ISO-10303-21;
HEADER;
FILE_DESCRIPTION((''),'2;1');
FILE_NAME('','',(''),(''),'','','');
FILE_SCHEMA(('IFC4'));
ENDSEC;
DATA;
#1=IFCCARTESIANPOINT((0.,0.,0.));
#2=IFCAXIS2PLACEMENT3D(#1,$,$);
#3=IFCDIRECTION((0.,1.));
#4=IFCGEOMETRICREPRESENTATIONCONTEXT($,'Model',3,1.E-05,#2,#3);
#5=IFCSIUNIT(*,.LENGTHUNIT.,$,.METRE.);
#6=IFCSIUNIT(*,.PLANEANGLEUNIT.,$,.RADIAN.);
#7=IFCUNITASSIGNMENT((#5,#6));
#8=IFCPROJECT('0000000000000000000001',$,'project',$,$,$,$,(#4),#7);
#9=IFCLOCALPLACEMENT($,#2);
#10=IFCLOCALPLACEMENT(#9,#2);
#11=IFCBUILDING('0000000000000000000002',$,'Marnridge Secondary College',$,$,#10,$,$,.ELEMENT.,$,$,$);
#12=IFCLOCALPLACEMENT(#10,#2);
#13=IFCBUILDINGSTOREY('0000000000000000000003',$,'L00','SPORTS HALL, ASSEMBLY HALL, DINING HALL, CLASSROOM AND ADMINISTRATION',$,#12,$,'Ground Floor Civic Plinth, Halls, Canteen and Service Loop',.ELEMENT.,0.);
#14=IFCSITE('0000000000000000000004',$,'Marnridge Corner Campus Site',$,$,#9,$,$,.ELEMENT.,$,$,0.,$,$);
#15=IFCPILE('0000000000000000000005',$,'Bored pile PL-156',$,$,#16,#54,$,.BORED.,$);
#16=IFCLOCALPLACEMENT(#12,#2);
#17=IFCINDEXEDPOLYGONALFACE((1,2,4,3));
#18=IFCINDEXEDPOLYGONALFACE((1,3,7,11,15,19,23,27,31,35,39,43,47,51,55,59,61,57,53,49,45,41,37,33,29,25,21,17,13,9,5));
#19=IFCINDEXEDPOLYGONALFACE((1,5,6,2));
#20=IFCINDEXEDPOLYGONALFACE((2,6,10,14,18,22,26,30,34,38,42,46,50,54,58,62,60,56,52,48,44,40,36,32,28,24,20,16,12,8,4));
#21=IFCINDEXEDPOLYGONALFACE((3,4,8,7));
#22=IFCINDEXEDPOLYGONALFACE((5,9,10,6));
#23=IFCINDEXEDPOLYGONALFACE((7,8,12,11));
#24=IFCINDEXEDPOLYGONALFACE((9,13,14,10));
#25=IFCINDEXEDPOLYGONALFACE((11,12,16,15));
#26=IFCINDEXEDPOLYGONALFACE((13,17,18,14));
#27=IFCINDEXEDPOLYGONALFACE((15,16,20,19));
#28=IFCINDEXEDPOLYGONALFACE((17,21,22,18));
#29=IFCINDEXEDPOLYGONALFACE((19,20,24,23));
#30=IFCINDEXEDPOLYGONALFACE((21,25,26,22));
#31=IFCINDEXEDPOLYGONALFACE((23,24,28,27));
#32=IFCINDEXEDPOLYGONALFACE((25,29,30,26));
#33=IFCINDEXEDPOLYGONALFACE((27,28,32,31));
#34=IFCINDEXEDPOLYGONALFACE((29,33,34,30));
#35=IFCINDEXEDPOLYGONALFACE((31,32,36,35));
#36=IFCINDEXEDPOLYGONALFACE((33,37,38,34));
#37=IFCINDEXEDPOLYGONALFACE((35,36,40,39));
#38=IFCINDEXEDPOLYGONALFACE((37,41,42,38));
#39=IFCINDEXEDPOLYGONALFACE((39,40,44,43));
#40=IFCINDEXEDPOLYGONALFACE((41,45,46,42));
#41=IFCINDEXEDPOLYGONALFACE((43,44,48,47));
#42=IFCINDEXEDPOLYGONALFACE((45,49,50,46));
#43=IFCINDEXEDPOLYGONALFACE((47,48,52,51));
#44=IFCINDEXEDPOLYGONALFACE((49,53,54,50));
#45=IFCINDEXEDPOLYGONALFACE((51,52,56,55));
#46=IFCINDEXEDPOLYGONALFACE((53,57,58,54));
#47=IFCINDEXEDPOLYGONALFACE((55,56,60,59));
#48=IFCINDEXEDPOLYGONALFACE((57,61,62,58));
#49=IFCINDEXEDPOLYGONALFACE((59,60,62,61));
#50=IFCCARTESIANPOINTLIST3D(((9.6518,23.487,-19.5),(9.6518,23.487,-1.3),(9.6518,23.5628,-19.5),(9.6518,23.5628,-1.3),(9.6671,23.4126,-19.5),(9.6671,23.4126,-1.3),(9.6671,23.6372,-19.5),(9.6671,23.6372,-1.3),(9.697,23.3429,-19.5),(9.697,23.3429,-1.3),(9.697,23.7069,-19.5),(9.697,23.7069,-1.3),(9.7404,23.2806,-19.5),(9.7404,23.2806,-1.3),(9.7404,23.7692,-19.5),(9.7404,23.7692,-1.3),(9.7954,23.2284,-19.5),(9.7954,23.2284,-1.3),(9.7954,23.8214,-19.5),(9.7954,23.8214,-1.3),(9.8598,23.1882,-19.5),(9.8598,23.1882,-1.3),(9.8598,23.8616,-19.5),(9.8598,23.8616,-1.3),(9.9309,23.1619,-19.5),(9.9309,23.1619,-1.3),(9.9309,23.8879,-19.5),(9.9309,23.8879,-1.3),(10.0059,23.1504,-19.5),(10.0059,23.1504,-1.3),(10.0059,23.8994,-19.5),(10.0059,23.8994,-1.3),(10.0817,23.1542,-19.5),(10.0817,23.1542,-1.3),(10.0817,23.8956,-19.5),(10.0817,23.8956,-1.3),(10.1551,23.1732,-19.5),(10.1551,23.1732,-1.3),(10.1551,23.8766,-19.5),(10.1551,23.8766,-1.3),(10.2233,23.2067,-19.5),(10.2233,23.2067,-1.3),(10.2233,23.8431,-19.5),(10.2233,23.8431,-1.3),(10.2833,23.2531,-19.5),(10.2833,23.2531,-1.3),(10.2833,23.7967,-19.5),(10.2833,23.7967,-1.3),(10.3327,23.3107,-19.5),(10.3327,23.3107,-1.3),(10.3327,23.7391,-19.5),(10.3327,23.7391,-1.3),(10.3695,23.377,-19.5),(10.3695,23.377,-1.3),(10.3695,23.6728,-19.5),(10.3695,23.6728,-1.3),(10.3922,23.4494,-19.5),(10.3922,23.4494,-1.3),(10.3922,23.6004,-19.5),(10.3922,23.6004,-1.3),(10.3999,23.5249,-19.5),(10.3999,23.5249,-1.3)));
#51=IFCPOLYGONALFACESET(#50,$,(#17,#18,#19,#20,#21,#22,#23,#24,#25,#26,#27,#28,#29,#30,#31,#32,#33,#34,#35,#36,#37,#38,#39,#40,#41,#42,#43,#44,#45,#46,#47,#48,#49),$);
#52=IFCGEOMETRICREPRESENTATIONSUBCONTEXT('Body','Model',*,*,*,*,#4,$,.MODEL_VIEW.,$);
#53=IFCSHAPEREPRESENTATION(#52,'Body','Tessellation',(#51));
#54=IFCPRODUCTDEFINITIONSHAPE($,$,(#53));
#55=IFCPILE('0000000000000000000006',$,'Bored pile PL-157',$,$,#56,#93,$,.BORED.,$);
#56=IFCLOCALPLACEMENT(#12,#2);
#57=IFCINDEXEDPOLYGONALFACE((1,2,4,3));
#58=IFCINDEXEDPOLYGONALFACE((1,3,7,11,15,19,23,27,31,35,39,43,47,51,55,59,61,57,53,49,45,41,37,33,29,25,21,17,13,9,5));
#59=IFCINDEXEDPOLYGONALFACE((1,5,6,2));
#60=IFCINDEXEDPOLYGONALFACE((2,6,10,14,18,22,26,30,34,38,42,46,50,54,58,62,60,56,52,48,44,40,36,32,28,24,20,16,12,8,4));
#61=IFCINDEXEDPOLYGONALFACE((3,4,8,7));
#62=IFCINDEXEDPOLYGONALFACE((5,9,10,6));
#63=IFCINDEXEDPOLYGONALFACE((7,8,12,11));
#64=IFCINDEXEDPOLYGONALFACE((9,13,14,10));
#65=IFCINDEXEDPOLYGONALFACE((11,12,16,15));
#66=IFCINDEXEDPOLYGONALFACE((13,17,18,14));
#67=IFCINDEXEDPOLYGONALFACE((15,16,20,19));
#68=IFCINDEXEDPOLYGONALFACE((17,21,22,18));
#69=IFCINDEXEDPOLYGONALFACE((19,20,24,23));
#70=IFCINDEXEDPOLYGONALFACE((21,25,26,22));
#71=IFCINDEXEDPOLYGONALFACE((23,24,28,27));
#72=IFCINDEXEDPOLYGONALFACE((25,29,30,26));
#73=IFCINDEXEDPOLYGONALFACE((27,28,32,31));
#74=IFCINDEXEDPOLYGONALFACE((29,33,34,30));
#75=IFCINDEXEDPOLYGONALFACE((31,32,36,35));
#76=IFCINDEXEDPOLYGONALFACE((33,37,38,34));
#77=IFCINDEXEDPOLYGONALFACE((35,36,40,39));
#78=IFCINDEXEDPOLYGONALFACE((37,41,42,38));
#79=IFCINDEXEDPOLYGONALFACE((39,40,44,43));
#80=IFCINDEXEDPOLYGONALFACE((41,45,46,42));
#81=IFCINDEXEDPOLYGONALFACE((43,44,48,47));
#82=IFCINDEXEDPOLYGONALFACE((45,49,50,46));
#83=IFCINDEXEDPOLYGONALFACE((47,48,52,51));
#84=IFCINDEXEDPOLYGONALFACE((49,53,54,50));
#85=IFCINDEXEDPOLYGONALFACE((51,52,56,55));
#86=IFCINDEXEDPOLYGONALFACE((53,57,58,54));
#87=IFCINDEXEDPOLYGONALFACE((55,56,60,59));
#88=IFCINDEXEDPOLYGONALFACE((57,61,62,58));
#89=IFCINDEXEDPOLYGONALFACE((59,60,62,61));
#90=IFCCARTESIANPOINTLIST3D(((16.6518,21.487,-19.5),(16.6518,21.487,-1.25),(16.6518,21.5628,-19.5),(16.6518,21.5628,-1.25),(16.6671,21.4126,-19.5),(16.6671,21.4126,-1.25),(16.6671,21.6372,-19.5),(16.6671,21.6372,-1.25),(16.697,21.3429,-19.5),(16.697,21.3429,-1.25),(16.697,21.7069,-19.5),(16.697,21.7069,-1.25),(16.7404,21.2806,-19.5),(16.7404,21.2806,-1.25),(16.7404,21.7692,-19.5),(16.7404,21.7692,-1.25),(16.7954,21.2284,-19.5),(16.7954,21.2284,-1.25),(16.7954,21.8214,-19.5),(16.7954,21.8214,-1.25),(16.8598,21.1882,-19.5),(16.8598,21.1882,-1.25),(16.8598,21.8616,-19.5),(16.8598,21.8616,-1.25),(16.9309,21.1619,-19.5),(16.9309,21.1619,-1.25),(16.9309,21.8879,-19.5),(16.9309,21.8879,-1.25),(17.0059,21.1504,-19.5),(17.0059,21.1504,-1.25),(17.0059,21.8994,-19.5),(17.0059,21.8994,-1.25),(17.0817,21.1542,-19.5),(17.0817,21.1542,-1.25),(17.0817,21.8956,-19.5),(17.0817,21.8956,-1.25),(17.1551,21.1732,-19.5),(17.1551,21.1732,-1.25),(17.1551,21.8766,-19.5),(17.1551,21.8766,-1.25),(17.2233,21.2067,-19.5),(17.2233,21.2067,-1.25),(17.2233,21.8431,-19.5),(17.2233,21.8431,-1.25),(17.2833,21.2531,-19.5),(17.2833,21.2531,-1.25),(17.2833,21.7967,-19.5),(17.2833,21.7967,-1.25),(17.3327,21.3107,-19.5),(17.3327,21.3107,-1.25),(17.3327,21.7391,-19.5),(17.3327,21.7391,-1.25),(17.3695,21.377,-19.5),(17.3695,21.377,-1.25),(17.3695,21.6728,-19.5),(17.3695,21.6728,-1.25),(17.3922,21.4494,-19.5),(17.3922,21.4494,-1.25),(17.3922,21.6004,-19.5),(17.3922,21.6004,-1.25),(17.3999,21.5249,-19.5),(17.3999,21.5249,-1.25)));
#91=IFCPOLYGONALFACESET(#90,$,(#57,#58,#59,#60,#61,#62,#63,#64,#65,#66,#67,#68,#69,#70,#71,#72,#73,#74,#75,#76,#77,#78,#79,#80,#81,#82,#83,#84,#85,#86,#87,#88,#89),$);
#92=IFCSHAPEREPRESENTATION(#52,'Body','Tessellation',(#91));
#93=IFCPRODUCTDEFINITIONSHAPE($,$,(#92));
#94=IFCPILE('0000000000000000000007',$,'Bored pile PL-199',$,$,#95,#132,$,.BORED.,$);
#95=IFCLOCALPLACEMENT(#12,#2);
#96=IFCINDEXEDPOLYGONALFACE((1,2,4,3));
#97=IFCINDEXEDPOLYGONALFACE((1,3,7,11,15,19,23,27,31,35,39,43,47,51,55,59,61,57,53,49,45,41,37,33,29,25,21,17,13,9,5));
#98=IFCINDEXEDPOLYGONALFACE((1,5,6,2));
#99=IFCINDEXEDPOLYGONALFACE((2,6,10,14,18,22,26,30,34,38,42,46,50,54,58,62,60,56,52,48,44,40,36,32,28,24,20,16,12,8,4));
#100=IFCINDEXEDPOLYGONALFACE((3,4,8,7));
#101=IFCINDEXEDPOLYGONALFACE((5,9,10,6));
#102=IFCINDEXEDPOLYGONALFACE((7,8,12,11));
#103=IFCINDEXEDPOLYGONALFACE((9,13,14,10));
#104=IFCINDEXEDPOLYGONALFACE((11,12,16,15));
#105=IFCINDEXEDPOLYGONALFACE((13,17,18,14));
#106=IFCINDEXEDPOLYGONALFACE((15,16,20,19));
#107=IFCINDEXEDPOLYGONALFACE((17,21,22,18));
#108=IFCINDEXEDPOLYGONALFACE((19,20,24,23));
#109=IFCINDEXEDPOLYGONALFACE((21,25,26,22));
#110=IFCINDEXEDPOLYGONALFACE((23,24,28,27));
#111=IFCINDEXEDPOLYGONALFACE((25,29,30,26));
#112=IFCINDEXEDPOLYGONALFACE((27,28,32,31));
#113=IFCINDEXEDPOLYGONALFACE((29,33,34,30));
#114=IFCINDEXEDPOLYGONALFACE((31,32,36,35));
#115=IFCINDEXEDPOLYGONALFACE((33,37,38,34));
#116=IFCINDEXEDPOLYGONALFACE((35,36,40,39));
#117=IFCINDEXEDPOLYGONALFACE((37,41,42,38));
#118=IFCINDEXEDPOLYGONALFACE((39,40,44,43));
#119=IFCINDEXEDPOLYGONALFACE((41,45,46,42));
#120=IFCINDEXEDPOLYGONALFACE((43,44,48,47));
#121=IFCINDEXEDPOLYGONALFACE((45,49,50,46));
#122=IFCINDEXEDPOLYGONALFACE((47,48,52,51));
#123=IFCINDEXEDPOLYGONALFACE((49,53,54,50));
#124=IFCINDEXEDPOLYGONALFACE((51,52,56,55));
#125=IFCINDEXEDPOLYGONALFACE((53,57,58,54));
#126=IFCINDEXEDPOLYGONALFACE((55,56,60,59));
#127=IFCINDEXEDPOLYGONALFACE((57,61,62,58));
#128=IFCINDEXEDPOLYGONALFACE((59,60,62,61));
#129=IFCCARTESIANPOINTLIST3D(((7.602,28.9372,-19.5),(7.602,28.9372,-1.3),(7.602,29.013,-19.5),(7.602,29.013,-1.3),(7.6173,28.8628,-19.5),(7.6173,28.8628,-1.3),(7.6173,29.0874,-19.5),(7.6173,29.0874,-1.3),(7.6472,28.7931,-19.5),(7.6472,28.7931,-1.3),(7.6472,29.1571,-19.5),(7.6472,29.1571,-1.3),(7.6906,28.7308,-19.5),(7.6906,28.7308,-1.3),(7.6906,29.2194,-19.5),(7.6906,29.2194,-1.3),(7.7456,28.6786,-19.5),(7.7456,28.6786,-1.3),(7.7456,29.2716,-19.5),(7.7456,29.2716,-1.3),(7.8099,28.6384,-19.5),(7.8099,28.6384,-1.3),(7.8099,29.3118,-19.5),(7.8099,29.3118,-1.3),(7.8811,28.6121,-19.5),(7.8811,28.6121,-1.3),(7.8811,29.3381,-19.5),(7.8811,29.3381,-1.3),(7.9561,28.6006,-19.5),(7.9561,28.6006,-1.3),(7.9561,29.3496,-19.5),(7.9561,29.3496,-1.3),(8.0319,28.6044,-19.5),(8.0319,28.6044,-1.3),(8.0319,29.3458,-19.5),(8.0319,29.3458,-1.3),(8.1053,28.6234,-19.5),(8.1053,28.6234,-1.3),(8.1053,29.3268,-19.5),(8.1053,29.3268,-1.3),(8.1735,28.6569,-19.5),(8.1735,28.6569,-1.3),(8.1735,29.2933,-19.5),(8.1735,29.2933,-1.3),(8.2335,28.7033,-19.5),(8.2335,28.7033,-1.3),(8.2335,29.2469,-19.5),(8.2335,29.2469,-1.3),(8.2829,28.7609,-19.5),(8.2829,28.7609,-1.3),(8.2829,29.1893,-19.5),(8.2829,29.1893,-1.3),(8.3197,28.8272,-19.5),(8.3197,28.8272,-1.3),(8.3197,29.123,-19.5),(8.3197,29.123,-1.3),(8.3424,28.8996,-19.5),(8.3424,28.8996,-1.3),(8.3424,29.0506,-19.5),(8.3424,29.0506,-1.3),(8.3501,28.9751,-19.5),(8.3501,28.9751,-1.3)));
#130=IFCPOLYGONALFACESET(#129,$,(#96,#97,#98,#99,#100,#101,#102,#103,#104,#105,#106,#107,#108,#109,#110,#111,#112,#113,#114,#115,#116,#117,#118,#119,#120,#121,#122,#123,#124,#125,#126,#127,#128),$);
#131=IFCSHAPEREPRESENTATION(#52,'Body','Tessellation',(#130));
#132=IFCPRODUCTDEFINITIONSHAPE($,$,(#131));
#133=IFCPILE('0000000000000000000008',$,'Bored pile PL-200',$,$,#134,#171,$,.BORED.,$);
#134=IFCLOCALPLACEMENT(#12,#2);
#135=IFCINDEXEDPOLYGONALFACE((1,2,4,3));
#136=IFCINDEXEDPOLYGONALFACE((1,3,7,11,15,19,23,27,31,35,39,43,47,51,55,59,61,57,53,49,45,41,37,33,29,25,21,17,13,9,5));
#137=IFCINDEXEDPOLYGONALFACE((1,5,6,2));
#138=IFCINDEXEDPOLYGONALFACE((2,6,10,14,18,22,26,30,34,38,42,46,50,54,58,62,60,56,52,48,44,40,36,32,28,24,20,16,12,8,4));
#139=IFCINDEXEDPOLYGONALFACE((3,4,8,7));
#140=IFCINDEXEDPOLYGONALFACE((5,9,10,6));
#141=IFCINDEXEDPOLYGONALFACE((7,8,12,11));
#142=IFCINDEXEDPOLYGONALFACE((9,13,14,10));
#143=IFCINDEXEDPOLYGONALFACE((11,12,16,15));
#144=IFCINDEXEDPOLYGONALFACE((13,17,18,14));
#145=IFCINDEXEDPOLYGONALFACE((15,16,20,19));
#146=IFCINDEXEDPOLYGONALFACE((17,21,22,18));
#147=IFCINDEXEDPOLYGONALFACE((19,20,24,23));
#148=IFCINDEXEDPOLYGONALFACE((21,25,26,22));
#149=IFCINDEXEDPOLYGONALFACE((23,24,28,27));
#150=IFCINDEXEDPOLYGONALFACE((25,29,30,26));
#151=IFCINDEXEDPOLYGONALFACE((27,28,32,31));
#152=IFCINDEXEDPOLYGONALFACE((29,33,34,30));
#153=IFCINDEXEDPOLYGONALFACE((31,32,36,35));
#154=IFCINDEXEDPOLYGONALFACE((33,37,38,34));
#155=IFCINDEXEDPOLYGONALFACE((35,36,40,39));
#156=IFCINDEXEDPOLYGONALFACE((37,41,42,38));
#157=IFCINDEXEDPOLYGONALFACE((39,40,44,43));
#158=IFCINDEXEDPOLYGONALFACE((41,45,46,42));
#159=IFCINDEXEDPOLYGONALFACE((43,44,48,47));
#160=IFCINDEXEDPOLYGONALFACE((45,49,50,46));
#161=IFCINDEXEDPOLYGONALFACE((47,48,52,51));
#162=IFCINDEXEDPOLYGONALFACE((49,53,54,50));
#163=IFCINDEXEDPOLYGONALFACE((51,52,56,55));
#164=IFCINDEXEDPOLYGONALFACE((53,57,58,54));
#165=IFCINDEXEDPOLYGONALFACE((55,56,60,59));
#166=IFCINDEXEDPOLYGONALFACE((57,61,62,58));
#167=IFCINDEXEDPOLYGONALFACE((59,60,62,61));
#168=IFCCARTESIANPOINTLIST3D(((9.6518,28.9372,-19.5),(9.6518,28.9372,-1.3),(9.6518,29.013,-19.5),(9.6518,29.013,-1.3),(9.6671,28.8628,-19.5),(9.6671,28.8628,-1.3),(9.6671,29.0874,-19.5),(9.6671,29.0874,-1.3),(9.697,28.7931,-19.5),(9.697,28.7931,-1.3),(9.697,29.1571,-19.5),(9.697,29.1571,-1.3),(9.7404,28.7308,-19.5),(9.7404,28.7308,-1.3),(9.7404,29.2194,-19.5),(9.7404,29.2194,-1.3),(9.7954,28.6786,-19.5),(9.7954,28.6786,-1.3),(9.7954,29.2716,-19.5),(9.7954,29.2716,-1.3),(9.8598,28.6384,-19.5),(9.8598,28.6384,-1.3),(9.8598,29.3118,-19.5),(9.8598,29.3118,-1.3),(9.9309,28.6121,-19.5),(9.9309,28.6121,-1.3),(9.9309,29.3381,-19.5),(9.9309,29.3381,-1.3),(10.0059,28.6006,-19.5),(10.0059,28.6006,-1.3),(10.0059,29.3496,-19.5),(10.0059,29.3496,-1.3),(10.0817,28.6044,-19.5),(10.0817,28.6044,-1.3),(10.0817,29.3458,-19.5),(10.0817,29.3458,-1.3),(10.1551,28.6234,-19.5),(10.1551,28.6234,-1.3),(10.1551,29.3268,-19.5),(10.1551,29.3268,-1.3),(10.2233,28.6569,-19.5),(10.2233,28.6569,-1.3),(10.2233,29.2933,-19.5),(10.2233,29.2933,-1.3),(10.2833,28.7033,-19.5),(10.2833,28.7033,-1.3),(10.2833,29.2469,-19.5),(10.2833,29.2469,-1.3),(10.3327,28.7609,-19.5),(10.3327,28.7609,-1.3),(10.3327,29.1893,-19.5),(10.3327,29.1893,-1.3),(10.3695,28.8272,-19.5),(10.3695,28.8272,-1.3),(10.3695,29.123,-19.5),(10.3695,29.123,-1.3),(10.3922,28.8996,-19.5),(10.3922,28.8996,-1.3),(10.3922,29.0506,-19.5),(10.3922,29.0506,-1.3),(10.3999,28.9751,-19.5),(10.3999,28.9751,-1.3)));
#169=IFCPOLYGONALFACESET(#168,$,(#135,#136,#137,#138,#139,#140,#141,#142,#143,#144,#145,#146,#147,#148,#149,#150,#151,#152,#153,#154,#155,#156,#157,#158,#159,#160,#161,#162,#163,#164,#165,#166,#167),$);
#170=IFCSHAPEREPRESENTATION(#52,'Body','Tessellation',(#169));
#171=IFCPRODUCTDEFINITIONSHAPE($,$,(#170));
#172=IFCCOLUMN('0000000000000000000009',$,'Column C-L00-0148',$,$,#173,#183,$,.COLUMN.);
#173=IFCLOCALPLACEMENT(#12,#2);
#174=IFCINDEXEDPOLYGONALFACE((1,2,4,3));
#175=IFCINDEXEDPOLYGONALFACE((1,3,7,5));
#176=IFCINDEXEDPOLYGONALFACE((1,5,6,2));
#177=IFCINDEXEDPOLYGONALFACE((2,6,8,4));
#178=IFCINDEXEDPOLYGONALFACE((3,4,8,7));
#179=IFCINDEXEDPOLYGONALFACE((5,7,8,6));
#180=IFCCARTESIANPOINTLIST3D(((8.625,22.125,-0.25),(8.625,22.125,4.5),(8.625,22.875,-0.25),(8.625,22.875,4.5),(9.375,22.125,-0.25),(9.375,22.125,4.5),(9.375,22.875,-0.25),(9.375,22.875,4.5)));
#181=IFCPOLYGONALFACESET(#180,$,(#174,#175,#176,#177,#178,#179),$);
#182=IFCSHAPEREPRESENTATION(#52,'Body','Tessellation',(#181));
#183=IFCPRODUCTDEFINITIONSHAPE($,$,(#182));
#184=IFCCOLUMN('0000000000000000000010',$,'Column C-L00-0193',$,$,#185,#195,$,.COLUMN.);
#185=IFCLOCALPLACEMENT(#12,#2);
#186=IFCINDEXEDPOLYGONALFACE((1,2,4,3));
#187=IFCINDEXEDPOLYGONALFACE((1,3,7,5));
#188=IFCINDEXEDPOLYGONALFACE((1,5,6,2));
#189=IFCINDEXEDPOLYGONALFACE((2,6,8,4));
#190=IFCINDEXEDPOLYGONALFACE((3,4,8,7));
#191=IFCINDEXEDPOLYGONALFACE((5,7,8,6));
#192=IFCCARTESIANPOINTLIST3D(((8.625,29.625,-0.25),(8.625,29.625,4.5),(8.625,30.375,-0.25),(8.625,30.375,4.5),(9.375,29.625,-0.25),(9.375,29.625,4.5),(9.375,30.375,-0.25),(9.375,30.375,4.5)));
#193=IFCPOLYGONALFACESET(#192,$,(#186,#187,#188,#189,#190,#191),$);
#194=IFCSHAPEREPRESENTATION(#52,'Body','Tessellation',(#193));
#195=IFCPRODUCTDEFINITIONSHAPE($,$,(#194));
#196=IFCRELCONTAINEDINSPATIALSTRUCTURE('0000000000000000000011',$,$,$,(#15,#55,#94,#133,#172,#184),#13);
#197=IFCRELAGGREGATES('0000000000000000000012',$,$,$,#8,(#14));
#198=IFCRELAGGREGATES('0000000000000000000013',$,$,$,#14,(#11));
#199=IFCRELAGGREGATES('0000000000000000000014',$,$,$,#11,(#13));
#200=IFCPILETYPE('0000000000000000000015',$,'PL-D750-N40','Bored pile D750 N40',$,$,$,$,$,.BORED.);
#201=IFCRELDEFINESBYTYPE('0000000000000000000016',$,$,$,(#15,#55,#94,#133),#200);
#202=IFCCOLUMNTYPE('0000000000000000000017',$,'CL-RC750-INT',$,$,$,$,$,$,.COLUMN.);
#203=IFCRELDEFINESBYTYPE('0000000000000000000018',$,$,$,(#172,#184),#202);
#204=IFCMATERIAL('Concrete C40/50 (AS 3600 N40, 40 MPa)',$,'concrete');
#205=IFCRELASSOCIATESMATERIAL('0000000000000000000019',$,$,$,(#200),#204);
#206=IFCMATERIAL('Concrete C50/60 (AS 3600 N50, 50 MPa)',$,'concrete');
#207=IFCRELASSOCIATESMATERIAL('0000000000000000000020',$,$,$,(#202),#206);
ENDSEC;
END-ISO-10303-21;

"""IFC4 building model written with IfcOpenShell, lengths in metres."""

from ifc_helpers import new_model, si_unit, direction, frame, origin, origin_2d, place, context, subcontext, project, spatial, rectangle, circle, extrude, material, material_profile, profile_set, type_object, element, save


model = new_model("IFC4")

# Units and contexts
model_context = context("Model", 3, precision=1e-05, world=origin(), true_north=direction((0.0, 1.0)))
body_context = subcontext(model_context, "Body", "Model", "MODEL_VIEW")
ifc_project = project(units=[si_unit("LENGTHUNIT", "METRE"), si_unit("PLANEANGLEUNIT", "RADIAN")], contexts=[model_context])

# Site, building, storey
site_placement = place(None, origin())
site = spatial("IfcSite", under=ifc_project, at=site_placement, Name="Marnridge Corner Campus Site", CompositionType="ELEMENT", RefElevation=0.0)
building_placement = place(site_placement, origin())
building = spatial("IfcBuilding", under=site, at=building_placement, Name="Marnridge Secondary College", CompositionType="ELEMENT")
storey_placement = place(building_placement, origin())
storey = spatial("IfcBuildingStorey", under=building, at=storey_placement, Name="L00", Description="SPORTS HALL, ASSEMBLY HALL, DINING HALL, CLASSROOM AND ADMINISTRATION", LongName="Ground Floor Civic Plinth, Halls, Canteen and Service Loop", CompositionType="ELEMENT", Elevation=0.0)

# Piles
ifc_material_1 = material(Name="Concrete C40/50 (AS 3600 N40, 40 MPa)", Category="concrete")
ifc_material_profile_1 = material_profile(ifc_material_1, circle(Radius=0.375, at=origin_2d()), Name="PILE D750")
ifc_profile_set_1 = profile_set([ifc_material_profile_1], Name="Concrete C40/50 (AS 3600 N40, 40 MPa)")
pile_type = type_object("IfcPileType", Name="PL-D750-N40", Description="Bored pile D750 N40", PredefinedType="BORED", material=ifc_profile_set_1)
for number, where, z_axis, x_axis, name in (
    (1, (10.0249, 23.5249, -1.3), (0.0, 0.0, -1.0), (1.0, 0.0, 0.0), "Bored pile PL-156"),
):
    element("IfcPile", number, at=place(storey_placement, frame(where, z_axis=z_axis, x_axis=x_axis)), inside=storey, type_object=pile_type, Name=name, PredefinedType="BORED", context=body_context, shape_type="SweptSolid", body=[
        extrude(circle(Radius=0.375, at=origin_2d()), origin(), (0.0, 0.0, 1.0), 18.2),
    ])
pile_placement = place(storey_placement, frame((17.0249, 21.5249, -1.25), z_axis=(0.0, 0.0, -1.0), x_axis=(1.0, 0.0, 0.0)))
element("IfcPile", 2, at=pile_placement, inside=storey, type_object=pile_type, Name="Bored pile PL-157", PredefinedType="BORED", context=body_context, shape_type="SweptSolid", body=[
    extrude(circle(Radius=0.375, at=origin_2d()), origin(), (0.0, 0.0, 1.0), 18.25),
])
for number, where, z_axis, x_axis, name in (
    (3, (7.9751, 28.9751, -1.3), (0.0, 0.0, -1.0), (1.0, 0.0, 0.0), "Bored pile PL-199"),
    (4, (10.0249, 28.9751, -1.3), (0.0, 0.0, -1.0), (1.0, 0.0, 0.0), "Bored pile PL-200"),
):
    element("IfcPile", number, at=place(storey_placement, frame(where, z_axis=z_axis, x_axis=x_axis)), inside=storey, type_object=pile_type, Name=name, PredefinedType="BORED", context=body_context, shape_type="SweptSolid", body=[
        extrude(circle(Radius=0.375, at=origin_2d()), origin(), (0.0, 0.0, 1.0), 18.2),
    ])

# Columns
ifc_material_2 = material(Name="Concrete C50/60 (AS 3600 N50, 50 MPa)", Category="concrete")
ifc_material_profile_2 = material_profile(ifc_material_2, rectangle(XDim=0.75, YDim=0.75, at=origin_2d()), Name="RC 750x750")
ifc_profile_set_2 = profile_set([ifc_material_profile_2], Name="Concrete C50/60 (AS 3600 N50, 50 MPa)")
column_type = type_object("IfcColumnType", Name="CL-RC750-INT", PredefinedType="COLUMN", material=ifc_profile_set_2)
for number, where, z_axis, x_axis, name in (
    (5, (9.0, 22.5, -0.25), (0.0, 0.0, 1.0), (1.0, 0.0, 0.0), "Column C-L00-0148"),
    (6, (9.0, 30.0, -0.25), (0.0, 0.0, 1.0), (1.0, 0.0, 0.0), "Column C-L00-0193"),
):
    element("IfcColumn", number, at=place(storey_placement, frame(where, z_axis=z_axis, x_axis=x_axis)), inside=storey, type_object=column_type, Name=name, PredefinedType="COLUMN", context=body_context, shape_type="SweptSolid", body=[
        extrude(rectangle(XDim=0.75, YDim=0.75, at=origin_2d()), origin(), (0.0, 0.0, 1.0), 4.75),
    ])

save(model, "model.ifc")
